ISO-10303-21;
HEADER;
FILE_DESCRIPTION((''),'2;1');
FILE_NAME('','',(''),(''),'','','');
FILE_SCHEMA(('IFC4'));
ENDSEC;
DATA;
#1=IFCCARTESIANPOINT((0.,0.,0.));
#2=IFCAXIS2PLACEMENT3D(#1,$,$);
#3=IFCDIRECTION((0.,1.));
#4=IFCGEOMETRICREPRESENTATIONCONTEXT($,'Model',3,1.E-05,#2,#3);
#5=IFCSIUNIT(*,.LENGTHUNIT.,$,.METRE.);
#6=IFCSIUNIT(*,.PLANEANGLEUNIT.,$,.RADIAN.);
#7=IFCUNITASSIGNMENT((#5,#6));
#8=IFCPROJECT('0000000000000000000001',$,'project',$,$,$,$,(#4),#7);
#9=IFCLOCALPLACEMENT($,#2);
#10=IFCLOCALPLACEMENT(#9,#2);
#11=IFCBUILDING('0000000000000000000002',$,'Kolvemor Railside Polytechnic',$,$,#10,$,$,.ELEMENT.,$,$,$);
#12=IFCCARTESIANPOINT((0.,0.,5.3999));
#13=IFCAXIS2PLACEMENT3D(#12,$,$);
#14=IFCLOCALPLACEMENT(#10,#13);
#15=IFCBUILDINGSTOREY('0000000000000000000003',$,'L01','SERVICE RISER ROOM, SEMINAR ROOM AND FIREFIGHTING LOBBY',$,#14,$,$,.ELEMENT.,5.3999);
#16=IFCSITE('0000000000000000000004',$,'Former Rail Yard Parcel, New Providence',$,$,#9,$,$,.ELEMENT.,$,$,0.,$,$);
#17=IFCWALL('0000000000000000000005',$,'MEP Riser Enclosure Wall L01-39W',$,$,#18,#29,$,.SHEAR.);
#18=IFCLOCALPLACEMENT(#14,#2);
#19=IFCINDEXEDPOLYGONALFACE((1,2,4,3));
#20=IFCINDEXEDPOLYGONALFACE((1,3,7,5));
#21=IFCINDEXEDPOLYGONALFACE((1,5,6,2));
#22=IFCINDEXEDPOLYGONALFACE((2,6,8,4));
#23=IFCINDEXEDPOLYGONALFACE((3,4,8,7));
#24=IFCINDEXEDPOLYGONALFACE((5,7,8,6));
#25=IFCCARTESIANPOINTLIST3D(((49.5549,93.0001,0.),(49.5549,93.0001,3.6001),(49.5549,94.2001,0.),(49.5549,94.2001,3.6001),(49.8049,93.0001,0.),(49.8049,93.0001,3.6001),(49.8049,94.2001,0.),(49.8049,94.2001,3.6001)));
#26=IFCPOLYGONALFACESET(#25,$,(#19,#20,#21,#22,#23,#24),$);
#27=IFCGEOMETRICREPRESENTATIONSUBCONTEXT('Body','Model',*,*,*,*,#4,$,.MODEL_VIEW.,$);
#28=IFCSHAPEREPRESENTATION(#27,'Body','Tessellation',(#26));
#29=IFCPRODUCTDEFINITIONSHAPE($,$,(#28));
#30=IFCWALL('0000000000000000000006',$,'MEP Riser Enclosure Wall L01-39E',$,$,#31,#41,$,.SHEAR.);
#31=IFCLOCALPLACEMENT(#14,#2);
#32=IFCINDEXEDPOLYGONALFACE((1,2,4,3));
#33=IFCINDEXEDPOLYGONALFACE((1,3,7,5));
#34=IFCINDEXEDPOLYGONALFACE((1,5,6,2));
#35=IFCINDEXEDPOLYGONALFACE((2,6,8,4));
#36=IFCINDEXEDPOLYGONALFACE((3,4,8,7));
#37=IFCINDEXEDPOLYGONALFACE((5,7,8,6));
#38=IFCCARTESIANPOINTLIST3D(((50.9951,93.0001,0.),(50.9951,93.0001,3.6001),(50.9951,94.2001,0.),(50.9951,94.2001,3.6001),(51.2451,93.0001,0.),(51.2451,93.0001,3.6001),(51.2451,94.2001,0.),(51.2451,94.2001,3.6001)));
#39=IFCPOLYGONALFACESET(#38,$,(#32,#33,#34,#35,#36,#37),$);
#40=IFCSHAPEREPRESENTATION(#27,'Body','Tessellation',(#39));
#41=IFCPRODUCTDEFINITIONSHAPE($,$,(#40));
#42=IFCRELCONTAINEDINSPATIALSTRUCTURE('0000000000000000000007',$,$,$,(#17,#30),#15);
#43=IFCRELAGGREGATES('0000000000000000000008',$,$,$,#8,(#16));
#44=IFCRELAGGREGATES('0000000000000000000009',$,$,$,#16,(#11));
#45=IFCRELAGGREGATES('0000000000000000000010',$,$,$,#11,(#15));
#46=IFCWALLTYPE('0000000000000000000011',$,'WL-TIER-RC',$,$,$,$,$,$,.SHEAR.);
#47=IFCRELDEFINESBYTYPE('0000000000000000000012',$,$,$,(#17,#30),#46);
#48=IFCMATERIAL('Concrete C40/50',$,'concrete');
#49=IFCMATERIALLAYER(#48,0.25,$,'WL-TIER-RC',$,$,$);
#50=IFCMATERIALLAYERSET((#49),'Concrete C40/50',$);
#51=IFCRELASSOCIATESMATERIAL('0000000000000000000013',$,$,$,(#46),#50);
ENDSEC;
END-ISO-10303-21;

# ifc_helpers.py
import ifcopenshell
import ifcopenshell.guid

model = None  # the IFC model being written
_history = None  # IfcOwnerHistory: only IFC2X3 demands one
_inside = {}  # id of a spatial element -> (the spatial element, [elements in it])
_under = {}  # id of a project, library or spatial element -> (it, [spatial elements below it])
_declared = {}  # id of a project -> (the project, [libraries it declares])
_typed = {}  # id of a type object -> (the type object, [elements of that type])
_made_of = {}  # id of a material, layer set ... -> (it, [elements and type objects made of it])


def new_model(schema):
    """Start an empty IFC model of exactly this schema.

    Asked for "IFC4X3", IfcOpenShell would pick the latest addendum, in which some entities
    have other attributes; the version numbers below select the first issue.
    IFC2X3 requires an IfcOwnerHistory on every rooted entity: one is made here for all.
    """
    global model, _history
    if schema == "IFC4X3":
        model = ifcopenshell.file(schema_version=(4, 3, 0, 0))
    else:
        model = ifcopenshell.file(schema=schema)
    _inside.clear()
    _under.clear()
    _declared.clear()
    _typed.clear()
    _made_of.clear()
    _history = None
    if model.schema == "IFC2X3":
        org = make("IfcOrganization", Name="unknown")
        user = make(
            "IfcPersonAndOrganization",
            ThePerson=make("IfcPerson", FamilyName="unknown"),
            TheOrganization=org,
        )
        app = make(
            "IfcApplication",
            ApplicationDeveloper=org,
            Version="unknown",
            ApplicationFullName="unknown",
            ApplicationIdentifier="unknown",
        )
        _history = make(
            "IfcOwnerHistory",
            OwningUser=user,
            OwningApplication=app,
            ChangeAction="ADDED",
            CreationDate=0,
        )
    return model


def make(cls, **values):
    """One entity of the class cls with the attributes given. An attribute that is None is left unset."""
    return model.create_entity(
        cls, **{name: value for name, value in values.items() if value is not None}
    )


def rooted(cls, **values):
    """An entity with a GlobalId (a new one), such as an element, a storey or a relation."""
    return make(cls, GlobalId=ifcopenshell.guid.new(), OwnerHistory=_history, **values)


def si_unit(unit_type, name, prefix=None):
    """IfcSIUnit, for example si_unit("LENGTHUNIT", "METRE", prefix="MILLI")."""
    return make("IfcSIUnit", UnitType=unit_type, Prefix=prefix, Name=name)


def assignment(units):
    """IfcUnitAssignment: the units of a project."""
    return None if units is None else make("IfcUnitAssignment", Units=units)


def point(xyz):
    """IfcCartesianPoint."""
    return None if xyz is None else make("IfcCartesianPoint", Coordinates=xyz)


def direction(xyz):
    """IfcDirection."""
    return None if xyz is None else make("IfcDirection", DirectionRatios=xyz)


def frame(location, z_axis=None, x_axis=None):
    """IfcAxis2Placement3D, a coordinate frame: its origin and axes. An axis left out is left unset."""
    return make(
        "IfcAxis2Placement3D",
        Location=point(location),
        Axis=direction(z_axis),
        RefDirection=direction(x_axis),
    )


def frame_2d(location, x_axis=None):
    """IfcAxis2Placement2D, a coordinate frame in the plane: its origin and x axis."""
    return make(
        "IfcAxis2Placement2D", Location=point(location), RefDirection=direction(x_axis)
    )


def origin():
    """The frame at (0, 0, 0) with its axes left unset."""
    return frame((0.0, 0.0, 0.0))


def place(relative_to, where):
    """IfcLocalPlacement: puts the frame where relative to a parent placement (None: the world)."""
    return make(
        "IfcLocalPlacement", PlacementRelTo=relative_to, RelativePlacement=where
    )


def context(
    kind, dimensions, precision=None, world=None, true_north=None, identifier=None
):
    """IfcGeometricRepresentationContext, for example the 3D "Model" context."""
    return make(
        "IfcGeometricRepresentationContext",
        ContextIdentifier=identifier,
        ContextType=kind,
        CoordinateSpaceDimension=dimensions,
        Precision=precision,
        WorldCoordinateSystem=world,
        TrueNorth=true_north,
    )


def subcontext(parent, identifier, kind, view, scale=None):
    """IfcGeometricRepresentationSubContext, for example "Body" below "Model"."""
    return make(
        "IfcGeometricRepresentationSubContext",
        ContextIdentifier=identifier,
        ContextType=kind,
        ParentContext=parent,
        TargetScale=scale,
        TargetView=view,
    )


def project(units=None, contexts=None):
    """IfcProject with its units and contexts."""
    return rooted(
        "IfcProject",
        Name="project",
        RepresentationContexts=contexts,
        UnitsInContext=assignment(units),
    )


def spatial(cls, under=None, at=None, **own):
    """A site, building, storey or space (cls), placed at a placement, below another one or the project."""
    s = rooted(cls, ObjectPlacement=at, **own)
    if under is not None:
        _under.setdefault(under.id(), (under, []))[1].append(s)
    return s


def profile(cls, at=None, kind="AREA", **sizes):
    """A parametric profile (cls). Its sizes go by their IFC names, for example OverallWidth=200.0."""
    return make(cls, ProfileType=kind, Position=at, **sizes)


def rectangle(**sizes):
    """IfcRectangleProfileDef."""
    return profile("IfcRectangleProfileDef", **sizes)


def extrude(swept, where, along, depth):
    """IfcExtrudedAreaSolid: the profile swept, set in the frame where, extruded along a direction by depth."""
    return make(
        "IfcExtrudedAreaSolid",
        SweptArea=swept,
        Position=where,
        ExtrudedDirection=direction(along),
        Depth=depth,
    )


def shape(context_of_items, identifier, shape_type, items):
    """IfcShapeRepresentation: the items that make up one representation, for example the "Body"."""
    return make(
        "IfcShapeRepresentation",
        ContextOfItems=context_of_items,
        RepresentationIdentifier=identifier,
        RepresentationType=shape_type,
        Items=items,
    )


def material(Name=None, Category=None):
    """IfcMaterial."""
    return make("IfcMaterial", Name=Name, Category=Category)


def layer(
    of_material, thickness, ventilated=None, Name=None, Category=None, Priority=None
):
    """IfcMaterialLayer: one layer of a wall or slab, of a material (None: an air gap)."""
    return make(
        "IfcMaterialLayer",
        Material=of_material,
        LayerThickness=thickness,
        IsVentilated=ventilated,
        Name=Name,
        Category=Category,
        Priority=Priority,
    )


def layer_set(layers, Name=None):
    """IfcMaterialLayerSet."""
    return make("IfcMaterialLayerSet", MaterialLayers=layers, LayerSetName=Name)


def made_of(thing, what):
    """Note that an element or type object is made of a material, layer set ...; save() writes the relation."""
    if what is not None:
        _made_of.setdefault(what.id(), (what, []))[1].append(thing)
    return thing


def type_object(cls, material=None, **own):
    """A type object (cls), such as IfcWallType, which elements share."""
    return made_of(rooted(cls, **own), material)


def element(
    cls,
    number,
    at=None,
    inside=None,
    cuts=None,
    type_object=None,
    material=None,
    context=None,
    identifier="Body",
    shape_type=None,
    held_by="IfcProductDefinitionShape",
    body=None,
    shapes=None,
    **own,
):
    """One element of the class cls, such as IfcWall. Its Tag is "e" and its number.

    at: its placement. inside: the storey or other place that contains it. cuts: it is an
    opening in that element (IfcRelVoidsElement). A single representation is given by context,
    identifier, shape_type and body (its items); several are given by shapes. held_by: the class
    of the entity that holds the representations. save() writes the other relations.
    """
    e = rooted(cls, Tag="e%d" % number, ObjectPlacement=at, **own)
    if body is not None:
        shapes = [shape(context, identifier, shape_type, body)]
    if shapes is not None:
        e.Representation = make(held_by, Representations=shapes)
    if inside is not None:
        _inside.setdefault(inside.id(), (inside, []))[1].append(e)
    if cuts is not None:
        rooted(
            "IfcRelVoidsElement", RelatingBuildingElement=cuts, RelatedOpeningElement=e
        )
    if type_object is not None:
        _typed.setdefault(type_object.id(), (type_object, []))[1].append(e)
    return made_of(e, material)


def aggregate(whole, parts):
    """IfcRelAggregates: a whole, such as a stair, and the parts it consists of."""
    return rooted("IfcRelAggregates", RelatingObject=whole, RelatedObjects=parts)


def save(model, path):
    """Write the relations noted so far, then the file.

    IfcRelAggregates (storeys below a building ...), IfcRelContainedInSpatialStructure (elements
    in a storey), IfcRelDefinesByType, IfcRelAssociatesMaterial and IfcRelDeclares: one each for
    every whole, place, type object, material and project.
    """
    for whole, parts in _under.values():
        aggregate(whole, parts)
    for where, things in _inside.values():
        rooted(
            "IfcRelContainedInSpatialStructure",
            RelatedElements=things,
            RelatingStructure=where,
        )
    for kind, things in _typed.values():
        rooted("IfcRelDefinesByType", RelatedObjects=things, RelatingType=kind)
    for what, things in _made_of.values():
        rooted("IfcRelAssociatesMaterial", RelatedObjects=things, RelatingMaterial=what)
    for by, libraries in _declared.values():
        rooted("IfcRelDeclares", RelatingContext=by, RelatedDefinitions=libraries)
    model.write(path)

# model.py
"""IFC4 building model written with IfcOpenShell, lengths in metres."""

from ifc_helpers import new_model, si_unit, direction, frame, frame_2d, origin, place, context, subcontext, project, spatial, rectangle, extrude, material, layer, layer_set, type_object, element, save


model = new_model("IFC4")

# Units and contexts
model_context = context("Model", 3, precision=1e-05, world=origin(), true_north=direction((0.0, 1.0)))
body_context = subcontext(model_context, "Body", "Model", "MODEL_VIEW")
ifc_project = project(units=[si_unit("LENGTHUNIT", "METRE"), si_unit("PLANEANGLEUNIT", "RADIAN")], contexts=[model_context])

# Site, building, storey
site_placement = place(None, origin())
site = spatial("IfcSite", under=ifc_project, at=site_placement, Name="Former Rail Yard Parcel, New Providence", CompositionType="ELEMENT", RefElevation=0.0)
building_placement = place(site_placement, origin())
building = spatial("IfcBuilding", under=site, at=building_placement, Name="Kolvemor Railside Polytechnic", CompositionType="ELEMENT")
storey_placement = place(building_placement, frame((0.0, 0.0, 5.3999)))
storey = spatial("IfcBuildingStorey", under=building, at=storey_placement, Name="L01", Description="SERVICE RISER ROOM, SEMINAR ROOM AND FIREFIGHTING LOBBY", CompositionType="ELEMENT", Elevation=5.3999)

# Walls
ifc_material_1 = material(Name="Concrete C40/50", Category="concrete")
ifc_layer_1 = layer(ifc_material_1, 0.25, Name="WL-TIER-RC")
ifc_layer_set_1 = layer_set([ifc_layer_1], Name="Concrete C40/50")
wall_type_1 = type_object("IfcWallType", Name="WL-TIER-RC", PredefinedType="SHEAR", material=ifc_layer_set_1)
for number, where, z_axis, x_axis, name in (
    (1, (49.6799, 93.0, 0.0), (0.0, 0.0, 1.0), (0.0, 1.0, 0.0), "MEP Riser Enclosure Wall L01-39W"),
    (2, (51.1201, 93.0, 0.0), (0.0, 0.0, 1.0), (0.0, 1.0, 0.0), "MEP Riser Enclosure Wall L01-39E"),
):
    element("IfcWall", number, at=place(storey_placement, frame(where, z_axis=z_axis, x_axis=x_axis)), inside=storey, type_object=wall_type_1, Name=name, PredefinedType="SHEAR", context=body_context, shape_type="SweptSolid", body=[
        extrude(rectangle(XDim=1.2, YDim=0.25, at=frame_2d((0.6001, 0.0))), origin(), (0.0, 0.0, 1.0), 3.6001),
    ])

save(model, "model.ifc")
